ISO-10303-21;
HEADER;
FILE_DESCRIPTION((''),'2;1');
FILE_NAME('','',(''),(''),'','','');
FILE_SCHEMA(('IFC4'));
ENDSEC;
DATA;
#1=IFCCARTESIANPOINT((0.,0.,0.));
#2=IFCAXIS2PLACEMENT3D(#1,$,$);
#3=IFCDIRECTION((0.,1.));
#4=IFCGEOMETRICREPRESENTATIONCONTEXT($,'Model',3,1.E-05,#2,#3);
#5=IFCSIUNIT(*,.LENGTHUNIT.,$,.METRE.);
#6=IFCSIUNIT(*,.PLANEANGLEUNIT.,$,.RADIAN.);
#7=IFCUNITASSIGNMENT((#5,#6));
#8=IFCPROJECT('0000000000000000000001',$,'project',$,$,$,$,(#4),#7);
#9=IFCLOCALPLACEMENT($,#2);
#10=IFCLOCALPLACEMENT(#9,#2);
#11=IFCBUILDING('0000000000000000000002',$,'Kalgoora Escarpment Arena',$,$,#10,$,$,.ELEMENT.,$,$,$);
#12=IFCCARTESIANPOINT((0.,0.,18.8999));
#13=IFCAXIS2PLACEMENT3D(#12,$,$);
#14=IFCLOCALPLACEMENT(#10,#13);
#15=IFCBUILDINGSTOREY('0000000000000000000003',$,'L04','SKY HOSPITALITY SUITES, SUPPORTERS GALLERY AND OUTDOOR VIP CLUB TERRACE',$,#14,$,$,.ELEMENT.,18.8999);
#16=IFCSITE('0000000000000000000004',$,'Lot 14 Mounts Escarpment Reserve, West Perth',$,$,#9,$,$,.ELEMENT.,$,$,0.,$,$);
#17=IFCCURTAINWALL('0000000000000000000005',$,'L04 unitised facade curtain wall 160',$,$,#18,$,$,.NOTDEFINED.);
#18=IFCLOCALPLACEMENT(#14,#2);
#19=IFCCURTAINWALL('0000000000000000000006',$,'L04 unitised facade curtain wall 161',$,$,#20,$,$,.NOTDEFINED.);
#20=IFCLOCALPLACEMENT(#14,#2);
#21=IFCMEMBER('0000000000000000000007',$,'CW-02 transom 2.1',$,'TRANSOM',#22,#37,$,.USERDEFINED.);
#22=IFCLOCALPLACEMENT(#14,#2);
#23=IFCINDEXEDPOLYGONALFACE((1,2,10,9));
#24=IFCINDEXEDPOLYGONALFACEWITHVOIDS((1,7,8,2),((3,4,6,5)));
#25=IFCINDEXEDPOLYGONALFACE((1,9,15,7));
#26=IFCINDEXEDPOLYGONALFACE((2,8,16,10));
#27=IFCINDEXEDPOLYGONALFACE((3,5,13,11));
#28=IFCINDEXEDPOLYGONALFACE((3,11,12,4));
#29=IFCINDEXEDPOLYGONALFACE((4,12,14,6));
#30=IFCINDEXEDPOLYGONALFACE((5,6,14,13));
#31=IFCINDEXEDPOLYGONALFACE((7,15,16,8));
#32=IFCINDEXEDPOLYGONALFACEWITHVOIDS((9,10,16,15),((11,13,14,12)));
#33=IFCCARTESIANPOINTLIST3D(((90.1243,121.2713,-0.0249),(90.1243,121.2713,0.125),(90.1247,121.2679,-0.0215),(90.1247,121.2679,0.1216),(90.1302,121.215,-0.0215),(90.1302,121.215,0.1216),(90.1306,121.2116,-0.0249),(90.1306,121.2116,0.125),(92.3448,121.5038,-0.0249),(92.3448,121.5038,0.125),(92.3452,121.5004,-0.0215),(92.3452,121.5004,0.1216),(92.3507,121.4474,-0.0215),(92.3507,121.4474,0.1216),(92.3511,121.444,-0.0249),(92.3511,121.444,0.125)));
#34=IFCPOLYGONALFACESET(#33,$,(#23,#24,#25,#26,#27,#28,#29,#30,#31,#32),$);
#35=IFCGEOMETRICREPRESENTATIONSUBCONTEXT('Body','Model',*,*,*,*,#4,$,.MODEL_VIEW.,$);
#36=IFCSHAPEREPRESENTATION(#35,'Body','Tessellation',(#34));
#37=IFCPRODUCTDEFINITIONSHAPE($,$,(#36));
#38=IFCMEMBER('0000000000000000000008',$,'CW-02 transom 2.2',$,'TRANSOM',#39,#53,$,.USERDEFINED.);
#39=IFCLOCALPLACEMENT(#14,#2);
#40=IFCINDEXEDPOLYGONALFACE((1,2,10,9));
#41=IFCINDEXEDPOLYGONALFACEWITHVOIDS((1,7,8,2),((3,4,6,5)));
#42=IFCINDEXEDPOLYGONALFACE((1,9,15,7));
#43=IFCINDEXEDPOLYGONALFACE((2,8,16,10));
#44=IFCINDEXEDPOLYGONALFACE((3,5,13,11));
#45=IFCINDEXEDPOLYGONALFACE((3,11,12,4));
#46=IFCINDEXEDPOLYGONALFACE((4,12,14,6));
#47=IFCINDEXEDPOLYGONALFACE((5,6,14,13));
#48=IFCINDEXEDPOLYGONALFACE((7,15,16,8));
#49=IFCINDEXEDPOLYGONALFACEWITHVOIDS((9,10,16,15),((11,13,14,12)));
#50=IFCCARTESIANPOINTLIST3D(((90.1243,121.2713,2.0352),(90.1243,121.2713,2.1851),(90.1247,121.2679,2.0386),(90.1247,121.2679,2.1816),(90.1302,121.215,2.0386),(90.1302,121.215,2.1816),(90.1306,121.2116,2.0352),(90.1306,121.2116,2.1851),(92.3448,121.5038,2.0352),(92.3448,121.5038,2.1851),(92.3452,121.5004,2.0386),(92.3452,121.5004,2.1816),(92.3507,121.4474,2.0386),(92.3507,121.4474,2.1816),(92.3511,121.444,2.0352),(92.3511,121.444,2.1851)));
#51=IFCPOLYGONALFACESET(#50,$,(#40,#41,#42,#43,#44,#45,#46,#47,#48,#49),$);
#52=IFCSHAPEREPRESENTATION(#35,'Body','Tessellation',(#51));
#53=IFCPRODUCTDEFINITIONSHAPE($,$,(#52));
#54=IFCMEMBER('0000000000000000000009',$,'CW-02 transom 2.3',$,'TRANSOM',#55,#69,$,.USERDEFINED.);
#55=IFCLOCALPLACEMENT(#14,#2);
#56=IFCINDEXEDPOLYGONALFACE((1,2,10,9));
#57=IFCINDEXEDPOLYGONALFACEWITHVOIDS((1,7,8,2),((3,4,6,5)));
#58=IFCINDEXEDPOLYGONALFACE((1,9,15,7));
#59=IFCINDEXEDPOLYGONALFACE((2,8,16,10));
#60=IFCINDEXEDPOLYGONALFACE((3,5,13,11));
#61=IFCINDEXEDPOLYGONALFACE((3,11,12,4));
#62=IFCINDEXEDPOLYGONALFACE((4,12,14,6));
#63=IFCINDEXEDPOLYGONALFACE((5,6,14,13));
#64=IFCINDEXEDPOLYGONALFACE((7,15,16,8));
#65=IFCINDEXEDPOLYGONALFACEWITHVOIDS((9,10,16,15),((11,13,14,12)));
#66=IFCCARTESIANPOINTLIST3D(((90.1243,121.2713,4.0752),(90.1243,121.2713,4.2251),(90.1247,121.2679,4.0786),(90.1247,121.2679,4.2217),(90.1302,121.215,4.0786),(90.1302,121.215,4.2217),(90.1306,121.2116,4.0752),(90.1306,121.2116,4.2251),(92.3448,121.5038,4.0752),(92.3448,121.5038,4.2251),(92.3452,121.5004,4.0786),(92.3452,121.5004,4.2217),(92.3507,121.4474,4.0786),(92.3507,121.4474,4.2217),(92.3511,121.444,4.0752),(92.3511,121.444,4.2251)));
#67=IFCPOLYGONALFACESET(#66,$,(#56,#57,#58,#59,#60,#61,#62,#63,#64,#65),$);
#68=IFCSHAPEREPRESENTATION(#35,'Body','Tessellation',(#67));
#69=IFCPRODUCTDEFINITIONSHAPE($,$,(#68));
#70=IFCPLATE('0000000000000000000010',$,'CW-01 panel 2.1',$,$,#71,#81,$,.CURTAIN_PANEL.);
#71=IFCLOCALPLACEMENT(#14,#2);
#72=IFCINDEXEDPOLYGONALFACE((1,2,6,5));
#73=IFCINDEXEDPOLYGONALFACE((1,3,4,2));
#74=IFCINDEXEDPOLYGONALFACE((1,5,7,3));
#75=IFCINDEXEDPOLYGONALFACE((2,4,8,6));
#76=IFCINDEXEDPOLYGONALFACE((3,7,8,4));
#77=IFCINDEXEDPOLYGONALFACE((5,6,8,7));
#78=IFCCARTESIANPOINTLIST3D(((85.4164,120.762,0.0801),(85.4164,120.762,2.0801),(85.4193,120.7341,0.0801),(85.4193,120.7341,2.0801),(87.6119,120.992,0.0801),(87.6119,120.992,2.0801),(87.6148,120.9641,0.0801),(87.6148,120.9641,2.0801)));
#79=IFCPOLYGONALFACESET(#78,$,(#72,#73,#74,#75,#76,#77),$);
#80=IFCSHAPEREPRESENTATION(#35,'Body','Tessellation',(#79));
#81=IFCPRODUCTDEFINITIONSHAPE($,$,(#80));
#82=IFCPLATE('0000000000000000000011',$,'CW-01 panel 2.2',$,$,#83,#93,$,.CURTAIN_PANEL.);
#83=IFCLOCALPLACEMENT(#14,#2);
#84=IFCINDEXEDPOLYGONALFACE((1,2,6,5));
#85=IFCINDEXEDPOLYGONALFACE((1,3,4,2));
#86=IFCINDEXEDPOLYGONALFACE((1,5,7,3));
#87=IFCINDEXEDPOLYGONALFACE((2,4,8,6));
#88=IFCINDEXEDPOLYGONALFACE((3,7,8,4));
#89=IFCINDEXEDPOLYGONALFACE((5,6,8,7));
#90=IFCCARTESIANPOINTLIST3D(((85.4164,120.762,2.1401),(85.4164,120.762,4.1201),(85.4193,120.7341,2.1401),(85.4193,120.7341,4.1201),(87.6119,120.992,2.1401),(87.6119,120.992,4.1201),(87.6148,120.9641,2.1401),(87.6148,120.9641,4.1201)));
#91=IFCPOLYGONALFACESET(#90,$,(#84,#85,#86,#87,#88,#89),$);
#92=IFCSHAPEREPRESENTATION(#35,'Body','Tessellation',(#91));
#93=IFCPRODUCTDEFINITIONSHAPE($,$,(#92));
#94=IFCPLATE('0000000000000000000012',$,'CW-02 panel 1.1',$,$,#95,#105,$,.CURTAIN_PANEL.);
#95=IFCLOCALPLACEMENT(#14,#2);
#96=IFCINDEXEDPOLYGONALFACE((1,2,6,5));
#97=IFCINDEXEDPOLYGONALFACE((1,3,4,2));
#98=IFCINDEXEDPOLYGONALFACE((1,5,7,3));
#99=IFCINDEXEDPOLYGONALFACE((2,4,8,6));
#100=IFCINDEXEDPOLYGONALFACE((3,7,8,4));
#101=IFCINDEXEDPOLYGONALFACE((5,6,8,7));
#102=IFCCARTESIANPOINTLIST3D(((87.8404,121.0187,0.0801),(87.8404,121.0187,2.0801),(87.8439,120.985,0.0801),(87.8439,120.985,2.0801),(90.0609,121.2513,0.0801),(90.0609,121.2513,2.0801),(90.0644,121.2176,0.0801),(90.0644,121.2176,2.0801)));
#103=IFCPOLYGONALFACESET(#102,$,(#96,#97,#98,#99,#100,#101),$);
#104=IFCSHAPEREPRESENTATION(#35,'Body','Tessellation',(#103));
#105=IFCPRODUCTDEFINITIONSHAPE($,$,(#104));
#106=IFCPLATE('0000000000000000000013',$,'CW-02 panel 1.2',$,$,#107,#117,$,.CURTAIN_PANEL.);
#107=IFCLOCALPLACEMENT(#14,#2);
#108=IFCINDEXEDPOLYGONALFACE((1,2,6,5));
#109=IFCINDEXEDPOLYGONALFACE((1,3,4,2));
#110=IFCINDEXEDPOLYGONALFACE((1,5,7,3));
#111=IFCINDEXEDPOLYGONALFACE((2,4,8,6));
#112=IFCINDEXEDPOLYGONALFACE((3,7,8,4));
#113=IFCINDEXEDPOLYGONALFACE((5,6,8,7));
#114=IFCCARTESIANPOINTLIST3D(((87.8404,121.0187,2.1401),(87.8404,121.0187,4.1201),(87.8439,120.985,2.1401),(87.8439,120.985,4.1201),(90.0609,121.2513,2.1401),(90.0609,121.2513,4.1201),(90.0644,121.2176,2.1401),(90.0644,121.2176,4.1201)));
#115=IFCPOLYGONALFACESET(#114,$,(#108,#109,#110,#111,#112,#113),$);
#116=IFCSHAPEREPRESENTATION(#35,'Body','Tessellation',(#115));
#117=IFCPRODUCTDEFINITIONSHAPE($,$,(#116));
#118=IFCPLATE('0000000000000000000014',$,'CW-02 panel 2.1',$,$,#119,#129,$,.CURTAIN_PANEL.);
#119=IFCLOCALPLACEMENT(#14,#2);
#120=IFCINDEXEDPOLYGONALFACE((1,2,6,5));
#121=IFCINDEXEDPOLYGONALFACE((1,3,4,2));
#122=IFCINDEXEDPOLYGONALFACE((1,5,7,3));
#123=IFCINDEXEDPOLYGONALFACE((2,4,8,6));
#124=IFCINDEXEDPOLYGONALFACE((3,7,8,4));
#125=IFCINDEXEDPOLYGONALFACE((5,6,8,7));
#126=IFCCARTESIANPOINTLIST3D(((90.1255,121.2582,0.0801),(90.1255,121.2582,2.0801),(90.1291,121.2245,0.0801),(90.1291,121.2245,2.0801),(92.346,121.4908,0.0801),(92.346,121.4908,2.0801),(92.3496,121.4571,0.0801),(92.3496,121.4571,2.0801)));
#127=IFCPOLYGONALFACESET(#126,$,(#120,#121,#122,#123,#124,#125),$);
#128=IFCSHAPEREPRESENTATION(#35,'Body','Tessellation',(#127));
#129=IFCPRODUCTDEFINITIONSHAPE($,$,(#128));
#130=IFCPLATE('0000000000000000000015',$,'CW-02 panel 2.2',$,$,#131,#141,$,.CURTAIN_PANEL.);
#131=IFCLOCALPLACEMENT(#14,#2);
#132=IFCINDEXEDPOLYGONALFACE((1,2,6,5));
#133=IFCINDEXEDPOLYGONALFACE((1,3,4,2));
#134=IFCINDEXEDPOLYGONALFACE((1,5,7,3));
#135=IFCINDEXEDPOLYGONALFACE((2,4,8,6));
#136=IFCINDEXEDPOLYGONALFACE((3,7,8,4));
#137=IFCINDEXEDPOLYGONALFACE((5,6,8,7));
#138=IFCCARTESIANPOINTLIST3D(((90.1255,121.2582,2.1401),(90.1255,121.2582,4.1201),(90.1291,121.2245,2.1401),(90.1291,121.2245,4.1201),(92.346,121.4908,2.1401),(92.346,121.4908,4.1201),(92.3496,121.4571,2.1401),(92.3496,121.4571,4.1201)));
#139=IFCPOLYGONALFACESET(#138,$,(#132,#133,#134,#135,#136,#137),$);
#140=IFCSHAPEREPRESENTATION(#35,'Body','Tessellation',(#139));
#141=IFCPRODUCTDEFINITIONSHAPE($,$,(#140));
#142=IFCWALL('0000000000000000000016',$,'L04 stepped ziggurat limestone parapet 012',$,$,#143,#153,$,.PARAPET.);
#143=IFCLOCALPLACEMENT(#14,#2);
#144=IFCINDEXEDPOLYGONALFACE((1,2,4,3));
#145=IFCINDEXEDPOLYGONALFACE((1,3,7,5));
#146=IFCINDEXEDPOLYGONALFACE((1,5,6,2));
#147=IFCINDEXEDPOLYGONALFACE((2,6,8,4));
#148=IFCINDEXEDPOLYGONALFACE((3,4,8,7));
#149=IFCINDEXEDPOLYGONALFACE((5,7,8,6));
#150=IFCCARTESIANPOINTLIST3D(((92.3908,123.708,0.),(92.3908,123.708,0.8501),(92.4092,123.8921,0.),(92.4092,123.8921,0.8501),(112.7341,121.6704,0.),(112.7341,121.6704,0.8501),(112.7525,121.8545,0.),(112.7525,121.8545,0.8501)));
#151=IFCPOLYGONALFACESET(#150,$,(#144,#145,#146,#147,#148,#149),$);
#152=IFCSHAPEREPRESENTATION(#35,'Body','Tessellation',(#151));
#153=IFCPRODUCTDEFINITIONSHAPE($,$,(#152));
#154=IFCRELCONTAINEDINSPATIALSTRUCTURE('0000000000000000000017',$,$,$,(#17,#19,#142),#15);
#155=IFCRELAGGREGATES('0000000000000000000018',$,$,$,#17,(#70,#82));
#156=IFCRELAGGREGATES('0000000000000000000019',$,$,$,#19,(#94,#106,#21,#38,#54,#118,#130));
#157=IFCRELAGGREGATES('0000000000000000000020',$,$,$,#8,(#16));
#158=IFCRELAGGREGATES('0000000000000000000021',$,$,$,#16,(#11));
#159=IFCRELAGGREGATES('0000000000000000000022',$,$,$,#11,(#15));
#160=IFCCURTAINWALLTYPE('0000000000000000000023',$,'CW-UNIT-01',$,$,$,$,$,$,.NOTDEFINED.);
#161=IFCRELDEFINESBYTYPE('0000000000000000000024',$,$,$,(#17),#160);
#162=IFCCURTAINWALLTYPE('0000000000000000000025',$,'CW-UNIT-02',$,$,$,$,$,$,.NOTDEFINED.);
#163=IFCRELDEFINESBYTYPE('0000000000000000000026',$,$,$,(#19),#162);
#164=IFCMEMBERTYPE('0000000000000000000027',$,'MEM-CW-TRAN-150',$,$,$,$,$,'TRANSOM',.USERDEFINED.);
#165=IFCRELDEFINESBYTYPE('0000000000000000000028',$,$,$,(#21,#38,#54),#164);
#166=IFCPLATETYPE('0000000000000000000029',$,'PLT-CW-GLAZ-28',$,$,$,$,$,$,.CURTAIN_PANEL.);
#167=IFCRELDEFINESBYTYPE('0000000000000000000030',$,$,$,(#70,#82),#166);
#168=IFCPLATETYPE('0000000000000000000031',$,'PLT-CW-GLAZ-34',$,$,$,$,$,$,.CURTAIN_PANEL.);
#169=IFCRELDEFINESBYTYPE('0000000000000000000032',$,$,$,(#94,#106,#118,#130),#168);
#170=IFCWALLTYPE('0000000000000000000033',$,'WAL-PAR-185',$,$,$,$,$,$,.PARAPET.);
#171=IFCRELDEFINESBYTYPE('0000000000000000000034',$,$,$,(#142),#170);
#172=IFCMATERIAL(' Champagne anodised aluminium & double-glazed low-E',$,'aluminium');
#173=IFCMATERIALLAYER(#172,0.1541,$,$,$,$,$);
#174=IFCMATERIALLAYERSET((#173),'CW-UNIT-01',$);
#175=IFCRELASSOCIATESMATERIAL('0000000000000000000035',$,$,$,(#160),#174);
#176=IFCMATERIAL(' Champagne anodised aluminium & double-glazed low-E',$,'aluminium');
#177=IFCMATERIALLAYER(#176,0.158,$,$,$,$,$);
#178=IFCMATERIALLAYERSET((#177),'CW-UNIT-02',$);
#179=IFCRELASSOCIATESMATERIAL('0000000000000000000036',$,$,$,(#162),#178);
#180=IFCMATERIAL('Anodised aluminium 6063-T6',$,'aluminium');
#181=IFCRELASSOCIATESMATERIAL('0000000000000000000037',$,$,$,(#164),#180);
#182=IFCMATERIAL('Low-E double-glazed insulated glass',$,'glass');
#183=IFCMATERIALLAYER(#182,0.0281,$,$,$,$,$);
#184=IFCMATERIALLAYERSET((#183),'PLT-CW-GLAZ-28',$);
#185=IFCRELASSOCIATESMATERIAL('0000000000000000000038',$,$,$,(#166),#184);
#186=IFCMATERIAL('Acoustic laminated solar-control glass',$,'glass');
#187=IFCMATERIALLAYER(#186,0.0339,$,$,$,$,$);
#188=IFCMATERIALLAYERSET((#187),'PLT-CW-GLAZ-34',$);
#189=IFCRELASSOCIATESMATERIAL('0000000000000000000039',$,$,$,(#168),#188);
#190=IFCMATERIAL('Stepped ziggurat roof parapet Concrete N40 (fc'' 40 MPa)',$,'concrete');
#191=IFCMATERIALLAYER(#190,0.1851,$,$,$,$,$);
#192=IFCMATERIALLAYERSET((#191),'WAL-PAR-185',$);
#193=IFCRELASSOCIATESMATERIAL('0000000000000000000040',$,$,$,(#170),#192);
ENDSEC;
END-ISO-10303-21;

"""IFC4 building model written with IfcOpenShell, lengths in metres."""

from ifc_helpers import new_model, si_unit, direction, frame, frame_2d, origin, origin_2d, place, context, subcontext, project, spatial, rectangle, hollow_rectangle, extrude, material, layer, layer_set, material_profile, profile_set, type_object, element, aggregate, save


model = new_model("IFC4")

# Units and contexts
model_context = context("Model", 3, precision=1e-05, world=origin(), true_north=direction((0.0, 1.0)))
body_context = subcontext(model_context, "Body", "Model", "MODEL_VIEW")
ifc_project = project(units=[si_unit("LENGTHUNIT", "METRE"), si_unit("PLANEANGLEUNIT", "RADIAN")], contexts=[model_context])

# Site, building, storey
site_placement = place(None, origin())
site = spatial("IfcSite", under=ifc_project, at=site_placement, Name="Lot 14 Mounts Escarpment Reserve, West Perth", CompositionType="ELEMENT", RefElevation=0.0)
building_placement = place(site_placement, origin())
building = spatial("IfcBuilding", under=site, at=building_placement, Name="Kalgoora Escarpment Arena", CompositionType="ELEMENT")
storey_placement = place(building_placement, frame((0.0, 0.0, 18.8999)))
storey = spatial("IfcBuildingStorey", under=building, at=storey_placement, Name="L04", Description="SKY HOSPITALITY SUITES, SUPPORTERS GALLERY AND OUTDOOR VIP CLUB TERRACE", CompositionType="ELEMENT", Elevation=18.8999)

# Curtain wall
ifc_material_1 = material(Name=" Champagne anodised aluminium & double-glazed low-E", Category="aluminium")
ifc_layer_1 = layer(ifc_material_1, 0.1541)
ifc_layer_set_1 = layer_set([ifc_layer_1], Name="CW-UNIT-01")
curtain_wall_type_1 = type_object("IfcCurtainWallType", Name="CW-UNIT-01", PredefinedType="NOTDEFINED", material=ifc_layer_set_1)
curtain_wall_1_placement = place(storey_placement, origin())
curtain_wall_1 = element("IfcCurtainWall", 1, at=curtain_wall_1_placement, inside=storey, type_object=curtain_wall_type_1, Name="L04 unitised facade curtain wall 160", PredefinedType="NOTDEFINED")

# Curtain wall
ifc_material_2 = material(Name=" Champagne anodised aluminium & double-glazed low-E", Category="aluminium")
ifc_layer_2 = layer(ifc_material_2, 0.158)
ifc_layer_set_2 = layer_set([ifc_layer_2], Name="CW-UNIT-02")
curtain_wall_type_2 = type_object("IfcCurtainWallType", Name="CW-UNIT-02", PredefinedType="NOTDEFINED", material=ifc_layer_set_2)
curtain_wall_2_placement = place(storey_placement, origin())
curtain_wall_2 = element("IfcCurtainWall", 2, at=curtain_wall_2_placement, inside=storey, type_object=curtain_wall_type_2, Name="L04 unitised facade curtain wall 161", PredefinedType="NOTDEFINED")

# Members
ifc_material_3 = material(Name="Anodised aluminium 6063-T6", Category="aluminium")
ifc_material_profile_1 = material_profile(ifc_material_3, hollow_rectangle(XDim=0.0601, YDim=0.1499, WallThickness=0.0034, at=origin_2d()))
ifc_profile_set_1 = profile_set([ifc_material_profile_1], Name="Anodised aluminium 6063-T6")
member_type_1 = type_object("IfcMemberType", Name="MEM-CW-TRAN-150", ElementType="TRANSOM", PredefinedType="USERDEFINED", material=ifc_profile_set_1)
member_1_placement = place(storey_placement, frame((90.1274, 121.2415, 0.05), z_axis=(0.994566, 0.104104, 0.0), x_axis=(-0.104104, 0.994566, 0.0)))
member_1 = element("IfcMember", 3, at=member_1_placement, type_object=member_type_1, Name="CW-02 transom 2.1", ObjectType="TRANSOM", PredefinedType="USERDEFINED", context=body_context, shape_type="SweptSolid", body=[
    extrude(hollow_rectangle(XDim=0.0601, YDim=0.1499, WallThickness=0.0034, at=origin_2d()), origin(), (0.0, 0.0, 1.0), 2.2327),
])
member_2_placement = place(storey_placement, frame((90.1274, 121.2415, 2.1101), z_axis=(0.994566, 0.104104, 0.0), x_axis=(-0.104104, 0.994566, 0.0)))
member_2 = element("IfcMember", 4, at=member_2_placement, type_object=member_type_1, Name="CW-02 transom 2.2", ObjectType="TRANSOM", PredefinedType="USERDEFINED", context=body_context, shape_type="SweptSolid", body=[
    extrude(hollow_rectangle(XDim=0.0601, YDim=0.1499, WallThickness=0.0034, at=origin_2d()), origin(), (0.0, 0.0, 1.0), 2.2327),
])
member_3_placement = place(storey_placement, frame((90.1274, 121.2415, 4.1501), z_axis=(0.994566, 0.104104, 0.0), x_axis=(-0.104104, 0.994566, 0.0)))
member_3 = element("IfcMember", 5, at=member_3_placement, type_object=member_type_1, Name="CW-02 transom 2.3", ObjectType="TRANSOM", PredefinedType="USERDEFINED", context=body_context, shape_type="SweptSolid", body=[
    extrude(hollow_rectangle(XDim=0.0601, YDim=0.1499, WallThickness=0.0034, at=origin_2d()), origin(), (0.0, 0.0, 1.0), 2.2327),
])

# Plates
ifc_material_4 = material(Name="Low-E double-glazed insulated glass", Category="glass")
ifc_layer_3 = layer(ifc_material_4, 0.0281)
ifc_layer_set_3 = layer_set([ifc_layer_3], Name="PLT-CW-GLAZ-28")
plate_type_1 = type_object("IfcPlateType", Name="PLT-CW-GLAZ-28", PredefinedType="CURTAIN_PANEL", material=ifc_layer_set_3)
plate_1_placement = place(storey_placement, frame((86.5156, 120.863, 0.0801), z_axis=(0.0, 0.0, 1.0), x_axis=(0.994558, 0.104182, 0.0)))
plate_1 = element("IfcPlate", 6, at=plate_1_placement, type_object=plate_type_1, Name="CW-01 panel 2.1", PredefinedType="CURTAIN_PANEL", context=body_context, shape_type="SweptSolid", body=[
    extrude(rectangle(XDim=2.2075, YDim=0.0281, at=origin_2d()), origin(), (0.0, 0.0, 1.0), 2.0),
])
plate_2_placement = place(storey_placement, frame((86.5156, 120.863, 2.1401), z_axis=(0.0, 0.0, 1.0), x_axis=(0.994558, 0.104182, 0.0)))
plate_2 = element("IfcPlate", 7, at=plate_2_placement, type_object=plate_type_1, Name="CW-01 panel 2.2", PredefinedType="CURTAIN_PANEL", context=body_context, shape_type="SweptSolid", body=[
    extrude(rectangle(XDim=2.2075, YDim=0.0281, at=origin_2d()), origin(), (0.0, 0.0, 1.0), 1.98),
])
aggregate(curtain_wall_1, [plate_1, plate_2])
ifc_material_5 = material(Name="Acoustic laminated solar-control glass", Category="glass")
ifc_layer_4 = layer(ifc_material_5, 0.0339)
ifc_layer_set_4 = layer_set([ifc_layer_4], Name="PLT-CW-GLAZ-34")
plate_type_2 = type_object("IfcPlateType", Name="PLT-CW-GLAZ-34", PredefinedType="CURTAIN_PANEL", material=ifc_layer_set_4)
plate_3_placement = place(storey_placement, frame((88.9524, 121.1182, 0.0801), z_axis=(0.0, 0.0, 1.0), x_axis=(0.994559, 0.104179, 0.0)))
plate_3 = element("IfcPlate", 8, at=plate_3_placement, type_object=plate_type_2, Name="CW-02 panel 1.1", PredefinedType="CURTAIN_PANEL", context=body_context, shape_type="SweptSolid", body=[
    extrude(rectangle(XDim=2.2327, YDim=0.0339, at=origin_2d()), origin(), (0.0, 0.0, 1.0), 2.0),
])
plate_4_placement = place(storey_placement, frame((88.9524, 121.1182, 2.1401), z_axis=(0.0, 0.0, 1.0), x_axis=(0.994559, 0.104179, 0.0)))
plate_4 = element("IfcPlate", 9, at=plate_4_placement, type_object=plate_type_2, Name="CW-02 panel 1.2", PredefinedType="CURTAIN_PANEL", context=body_context, shape_type="SweptSolid", body=[
    extrude(rectangle(XDim=2.2327, YDim=0.0339, at=origin_2d()), origin(), (0.0, 0.0, 1.0), 1.98),
])
plate_5_placement = place(storey_placement, frame((91.2375, 121.3577, 0.0801), z_axis=(0.0, 0.0, 1.0), x_axis=(0.994559, 0.104179, 0.0)))
plate_5 = element("IfcPlate", 10, at=plate_5_placement, type_object=plate_type_2, Name="CW-02 panel 2.1", PredefinedType="CURTAIN_PANEL", context=body_context, shape_type="SweptSolid", body=[
    extrude(rectangle(XDim=2.2327, YDim=0.0339, at=origin_2d()), origin(), (0.0, 0.0, 1.0), 2.0),
])
plate_6_placement = place(storey_placement, frame((91.2375, 121.3577, 2.1401), z_axis=(0.0, 0.0, 1.0), x_axis=(0.994559, 0.104179, 0.0)))
plate_6 = element("IfcPlate", 11, at=plate_6_placement, type_object=plate_type_2, Name="CW-02 panel 2.2", PredefinedType="CURTAIN_PANEL", context=body_context, shape_type="SweptSolid", body=[
    extrude(rectangle(XDim=2.2327, YDim=0.0339, at=origin_2d()), origin(), (0.0, 0.0, 1.0), 1.98),
])
aggregate(curtain_wall_2, [plate_3, plate_4, member_1, member_2, member_3, plate_5, plate_6])

# Wall
ifc_material_6 = material(Name="Stepped ziggurat roof parapet Concrete N40 (fc' 40 MPa)", Category="concrete")
ifc_layer_5 = layer(ifc_material_6, 0.1851)
ifc_layer_set_5 = layer_set([ifc_layer_5], Name="WAL-PAR-185")
wall_type = type_object("IfcWallType", Name="WAL-PAR-185", PredefinedType="PARAPET", material=ifc_layer_set_5)
wall_placement = place(storey_placement, frame((92.3999, 123.8, 0.0), z_axis=(0.0, 0.0, 1.0), x_axis=(0.995021, -0.099662, 0.0)))
element("IfcWall", 12, at=wall_placement, inside=storey, type_object=wall_type, Name="L04 stepped ziggurat limestone parapet 012", PredefinedType="PARAPET", context=body_context, shape_type="SweptSolid", body=[
    extrude(rectangle(XDim=20.4451, YDim=0.1851, at=frame_2d((10.2227, 0.0))), origin(), (0.0, 0.0, 1.0), 0.8501),
])

save(model, "model.ifc")
